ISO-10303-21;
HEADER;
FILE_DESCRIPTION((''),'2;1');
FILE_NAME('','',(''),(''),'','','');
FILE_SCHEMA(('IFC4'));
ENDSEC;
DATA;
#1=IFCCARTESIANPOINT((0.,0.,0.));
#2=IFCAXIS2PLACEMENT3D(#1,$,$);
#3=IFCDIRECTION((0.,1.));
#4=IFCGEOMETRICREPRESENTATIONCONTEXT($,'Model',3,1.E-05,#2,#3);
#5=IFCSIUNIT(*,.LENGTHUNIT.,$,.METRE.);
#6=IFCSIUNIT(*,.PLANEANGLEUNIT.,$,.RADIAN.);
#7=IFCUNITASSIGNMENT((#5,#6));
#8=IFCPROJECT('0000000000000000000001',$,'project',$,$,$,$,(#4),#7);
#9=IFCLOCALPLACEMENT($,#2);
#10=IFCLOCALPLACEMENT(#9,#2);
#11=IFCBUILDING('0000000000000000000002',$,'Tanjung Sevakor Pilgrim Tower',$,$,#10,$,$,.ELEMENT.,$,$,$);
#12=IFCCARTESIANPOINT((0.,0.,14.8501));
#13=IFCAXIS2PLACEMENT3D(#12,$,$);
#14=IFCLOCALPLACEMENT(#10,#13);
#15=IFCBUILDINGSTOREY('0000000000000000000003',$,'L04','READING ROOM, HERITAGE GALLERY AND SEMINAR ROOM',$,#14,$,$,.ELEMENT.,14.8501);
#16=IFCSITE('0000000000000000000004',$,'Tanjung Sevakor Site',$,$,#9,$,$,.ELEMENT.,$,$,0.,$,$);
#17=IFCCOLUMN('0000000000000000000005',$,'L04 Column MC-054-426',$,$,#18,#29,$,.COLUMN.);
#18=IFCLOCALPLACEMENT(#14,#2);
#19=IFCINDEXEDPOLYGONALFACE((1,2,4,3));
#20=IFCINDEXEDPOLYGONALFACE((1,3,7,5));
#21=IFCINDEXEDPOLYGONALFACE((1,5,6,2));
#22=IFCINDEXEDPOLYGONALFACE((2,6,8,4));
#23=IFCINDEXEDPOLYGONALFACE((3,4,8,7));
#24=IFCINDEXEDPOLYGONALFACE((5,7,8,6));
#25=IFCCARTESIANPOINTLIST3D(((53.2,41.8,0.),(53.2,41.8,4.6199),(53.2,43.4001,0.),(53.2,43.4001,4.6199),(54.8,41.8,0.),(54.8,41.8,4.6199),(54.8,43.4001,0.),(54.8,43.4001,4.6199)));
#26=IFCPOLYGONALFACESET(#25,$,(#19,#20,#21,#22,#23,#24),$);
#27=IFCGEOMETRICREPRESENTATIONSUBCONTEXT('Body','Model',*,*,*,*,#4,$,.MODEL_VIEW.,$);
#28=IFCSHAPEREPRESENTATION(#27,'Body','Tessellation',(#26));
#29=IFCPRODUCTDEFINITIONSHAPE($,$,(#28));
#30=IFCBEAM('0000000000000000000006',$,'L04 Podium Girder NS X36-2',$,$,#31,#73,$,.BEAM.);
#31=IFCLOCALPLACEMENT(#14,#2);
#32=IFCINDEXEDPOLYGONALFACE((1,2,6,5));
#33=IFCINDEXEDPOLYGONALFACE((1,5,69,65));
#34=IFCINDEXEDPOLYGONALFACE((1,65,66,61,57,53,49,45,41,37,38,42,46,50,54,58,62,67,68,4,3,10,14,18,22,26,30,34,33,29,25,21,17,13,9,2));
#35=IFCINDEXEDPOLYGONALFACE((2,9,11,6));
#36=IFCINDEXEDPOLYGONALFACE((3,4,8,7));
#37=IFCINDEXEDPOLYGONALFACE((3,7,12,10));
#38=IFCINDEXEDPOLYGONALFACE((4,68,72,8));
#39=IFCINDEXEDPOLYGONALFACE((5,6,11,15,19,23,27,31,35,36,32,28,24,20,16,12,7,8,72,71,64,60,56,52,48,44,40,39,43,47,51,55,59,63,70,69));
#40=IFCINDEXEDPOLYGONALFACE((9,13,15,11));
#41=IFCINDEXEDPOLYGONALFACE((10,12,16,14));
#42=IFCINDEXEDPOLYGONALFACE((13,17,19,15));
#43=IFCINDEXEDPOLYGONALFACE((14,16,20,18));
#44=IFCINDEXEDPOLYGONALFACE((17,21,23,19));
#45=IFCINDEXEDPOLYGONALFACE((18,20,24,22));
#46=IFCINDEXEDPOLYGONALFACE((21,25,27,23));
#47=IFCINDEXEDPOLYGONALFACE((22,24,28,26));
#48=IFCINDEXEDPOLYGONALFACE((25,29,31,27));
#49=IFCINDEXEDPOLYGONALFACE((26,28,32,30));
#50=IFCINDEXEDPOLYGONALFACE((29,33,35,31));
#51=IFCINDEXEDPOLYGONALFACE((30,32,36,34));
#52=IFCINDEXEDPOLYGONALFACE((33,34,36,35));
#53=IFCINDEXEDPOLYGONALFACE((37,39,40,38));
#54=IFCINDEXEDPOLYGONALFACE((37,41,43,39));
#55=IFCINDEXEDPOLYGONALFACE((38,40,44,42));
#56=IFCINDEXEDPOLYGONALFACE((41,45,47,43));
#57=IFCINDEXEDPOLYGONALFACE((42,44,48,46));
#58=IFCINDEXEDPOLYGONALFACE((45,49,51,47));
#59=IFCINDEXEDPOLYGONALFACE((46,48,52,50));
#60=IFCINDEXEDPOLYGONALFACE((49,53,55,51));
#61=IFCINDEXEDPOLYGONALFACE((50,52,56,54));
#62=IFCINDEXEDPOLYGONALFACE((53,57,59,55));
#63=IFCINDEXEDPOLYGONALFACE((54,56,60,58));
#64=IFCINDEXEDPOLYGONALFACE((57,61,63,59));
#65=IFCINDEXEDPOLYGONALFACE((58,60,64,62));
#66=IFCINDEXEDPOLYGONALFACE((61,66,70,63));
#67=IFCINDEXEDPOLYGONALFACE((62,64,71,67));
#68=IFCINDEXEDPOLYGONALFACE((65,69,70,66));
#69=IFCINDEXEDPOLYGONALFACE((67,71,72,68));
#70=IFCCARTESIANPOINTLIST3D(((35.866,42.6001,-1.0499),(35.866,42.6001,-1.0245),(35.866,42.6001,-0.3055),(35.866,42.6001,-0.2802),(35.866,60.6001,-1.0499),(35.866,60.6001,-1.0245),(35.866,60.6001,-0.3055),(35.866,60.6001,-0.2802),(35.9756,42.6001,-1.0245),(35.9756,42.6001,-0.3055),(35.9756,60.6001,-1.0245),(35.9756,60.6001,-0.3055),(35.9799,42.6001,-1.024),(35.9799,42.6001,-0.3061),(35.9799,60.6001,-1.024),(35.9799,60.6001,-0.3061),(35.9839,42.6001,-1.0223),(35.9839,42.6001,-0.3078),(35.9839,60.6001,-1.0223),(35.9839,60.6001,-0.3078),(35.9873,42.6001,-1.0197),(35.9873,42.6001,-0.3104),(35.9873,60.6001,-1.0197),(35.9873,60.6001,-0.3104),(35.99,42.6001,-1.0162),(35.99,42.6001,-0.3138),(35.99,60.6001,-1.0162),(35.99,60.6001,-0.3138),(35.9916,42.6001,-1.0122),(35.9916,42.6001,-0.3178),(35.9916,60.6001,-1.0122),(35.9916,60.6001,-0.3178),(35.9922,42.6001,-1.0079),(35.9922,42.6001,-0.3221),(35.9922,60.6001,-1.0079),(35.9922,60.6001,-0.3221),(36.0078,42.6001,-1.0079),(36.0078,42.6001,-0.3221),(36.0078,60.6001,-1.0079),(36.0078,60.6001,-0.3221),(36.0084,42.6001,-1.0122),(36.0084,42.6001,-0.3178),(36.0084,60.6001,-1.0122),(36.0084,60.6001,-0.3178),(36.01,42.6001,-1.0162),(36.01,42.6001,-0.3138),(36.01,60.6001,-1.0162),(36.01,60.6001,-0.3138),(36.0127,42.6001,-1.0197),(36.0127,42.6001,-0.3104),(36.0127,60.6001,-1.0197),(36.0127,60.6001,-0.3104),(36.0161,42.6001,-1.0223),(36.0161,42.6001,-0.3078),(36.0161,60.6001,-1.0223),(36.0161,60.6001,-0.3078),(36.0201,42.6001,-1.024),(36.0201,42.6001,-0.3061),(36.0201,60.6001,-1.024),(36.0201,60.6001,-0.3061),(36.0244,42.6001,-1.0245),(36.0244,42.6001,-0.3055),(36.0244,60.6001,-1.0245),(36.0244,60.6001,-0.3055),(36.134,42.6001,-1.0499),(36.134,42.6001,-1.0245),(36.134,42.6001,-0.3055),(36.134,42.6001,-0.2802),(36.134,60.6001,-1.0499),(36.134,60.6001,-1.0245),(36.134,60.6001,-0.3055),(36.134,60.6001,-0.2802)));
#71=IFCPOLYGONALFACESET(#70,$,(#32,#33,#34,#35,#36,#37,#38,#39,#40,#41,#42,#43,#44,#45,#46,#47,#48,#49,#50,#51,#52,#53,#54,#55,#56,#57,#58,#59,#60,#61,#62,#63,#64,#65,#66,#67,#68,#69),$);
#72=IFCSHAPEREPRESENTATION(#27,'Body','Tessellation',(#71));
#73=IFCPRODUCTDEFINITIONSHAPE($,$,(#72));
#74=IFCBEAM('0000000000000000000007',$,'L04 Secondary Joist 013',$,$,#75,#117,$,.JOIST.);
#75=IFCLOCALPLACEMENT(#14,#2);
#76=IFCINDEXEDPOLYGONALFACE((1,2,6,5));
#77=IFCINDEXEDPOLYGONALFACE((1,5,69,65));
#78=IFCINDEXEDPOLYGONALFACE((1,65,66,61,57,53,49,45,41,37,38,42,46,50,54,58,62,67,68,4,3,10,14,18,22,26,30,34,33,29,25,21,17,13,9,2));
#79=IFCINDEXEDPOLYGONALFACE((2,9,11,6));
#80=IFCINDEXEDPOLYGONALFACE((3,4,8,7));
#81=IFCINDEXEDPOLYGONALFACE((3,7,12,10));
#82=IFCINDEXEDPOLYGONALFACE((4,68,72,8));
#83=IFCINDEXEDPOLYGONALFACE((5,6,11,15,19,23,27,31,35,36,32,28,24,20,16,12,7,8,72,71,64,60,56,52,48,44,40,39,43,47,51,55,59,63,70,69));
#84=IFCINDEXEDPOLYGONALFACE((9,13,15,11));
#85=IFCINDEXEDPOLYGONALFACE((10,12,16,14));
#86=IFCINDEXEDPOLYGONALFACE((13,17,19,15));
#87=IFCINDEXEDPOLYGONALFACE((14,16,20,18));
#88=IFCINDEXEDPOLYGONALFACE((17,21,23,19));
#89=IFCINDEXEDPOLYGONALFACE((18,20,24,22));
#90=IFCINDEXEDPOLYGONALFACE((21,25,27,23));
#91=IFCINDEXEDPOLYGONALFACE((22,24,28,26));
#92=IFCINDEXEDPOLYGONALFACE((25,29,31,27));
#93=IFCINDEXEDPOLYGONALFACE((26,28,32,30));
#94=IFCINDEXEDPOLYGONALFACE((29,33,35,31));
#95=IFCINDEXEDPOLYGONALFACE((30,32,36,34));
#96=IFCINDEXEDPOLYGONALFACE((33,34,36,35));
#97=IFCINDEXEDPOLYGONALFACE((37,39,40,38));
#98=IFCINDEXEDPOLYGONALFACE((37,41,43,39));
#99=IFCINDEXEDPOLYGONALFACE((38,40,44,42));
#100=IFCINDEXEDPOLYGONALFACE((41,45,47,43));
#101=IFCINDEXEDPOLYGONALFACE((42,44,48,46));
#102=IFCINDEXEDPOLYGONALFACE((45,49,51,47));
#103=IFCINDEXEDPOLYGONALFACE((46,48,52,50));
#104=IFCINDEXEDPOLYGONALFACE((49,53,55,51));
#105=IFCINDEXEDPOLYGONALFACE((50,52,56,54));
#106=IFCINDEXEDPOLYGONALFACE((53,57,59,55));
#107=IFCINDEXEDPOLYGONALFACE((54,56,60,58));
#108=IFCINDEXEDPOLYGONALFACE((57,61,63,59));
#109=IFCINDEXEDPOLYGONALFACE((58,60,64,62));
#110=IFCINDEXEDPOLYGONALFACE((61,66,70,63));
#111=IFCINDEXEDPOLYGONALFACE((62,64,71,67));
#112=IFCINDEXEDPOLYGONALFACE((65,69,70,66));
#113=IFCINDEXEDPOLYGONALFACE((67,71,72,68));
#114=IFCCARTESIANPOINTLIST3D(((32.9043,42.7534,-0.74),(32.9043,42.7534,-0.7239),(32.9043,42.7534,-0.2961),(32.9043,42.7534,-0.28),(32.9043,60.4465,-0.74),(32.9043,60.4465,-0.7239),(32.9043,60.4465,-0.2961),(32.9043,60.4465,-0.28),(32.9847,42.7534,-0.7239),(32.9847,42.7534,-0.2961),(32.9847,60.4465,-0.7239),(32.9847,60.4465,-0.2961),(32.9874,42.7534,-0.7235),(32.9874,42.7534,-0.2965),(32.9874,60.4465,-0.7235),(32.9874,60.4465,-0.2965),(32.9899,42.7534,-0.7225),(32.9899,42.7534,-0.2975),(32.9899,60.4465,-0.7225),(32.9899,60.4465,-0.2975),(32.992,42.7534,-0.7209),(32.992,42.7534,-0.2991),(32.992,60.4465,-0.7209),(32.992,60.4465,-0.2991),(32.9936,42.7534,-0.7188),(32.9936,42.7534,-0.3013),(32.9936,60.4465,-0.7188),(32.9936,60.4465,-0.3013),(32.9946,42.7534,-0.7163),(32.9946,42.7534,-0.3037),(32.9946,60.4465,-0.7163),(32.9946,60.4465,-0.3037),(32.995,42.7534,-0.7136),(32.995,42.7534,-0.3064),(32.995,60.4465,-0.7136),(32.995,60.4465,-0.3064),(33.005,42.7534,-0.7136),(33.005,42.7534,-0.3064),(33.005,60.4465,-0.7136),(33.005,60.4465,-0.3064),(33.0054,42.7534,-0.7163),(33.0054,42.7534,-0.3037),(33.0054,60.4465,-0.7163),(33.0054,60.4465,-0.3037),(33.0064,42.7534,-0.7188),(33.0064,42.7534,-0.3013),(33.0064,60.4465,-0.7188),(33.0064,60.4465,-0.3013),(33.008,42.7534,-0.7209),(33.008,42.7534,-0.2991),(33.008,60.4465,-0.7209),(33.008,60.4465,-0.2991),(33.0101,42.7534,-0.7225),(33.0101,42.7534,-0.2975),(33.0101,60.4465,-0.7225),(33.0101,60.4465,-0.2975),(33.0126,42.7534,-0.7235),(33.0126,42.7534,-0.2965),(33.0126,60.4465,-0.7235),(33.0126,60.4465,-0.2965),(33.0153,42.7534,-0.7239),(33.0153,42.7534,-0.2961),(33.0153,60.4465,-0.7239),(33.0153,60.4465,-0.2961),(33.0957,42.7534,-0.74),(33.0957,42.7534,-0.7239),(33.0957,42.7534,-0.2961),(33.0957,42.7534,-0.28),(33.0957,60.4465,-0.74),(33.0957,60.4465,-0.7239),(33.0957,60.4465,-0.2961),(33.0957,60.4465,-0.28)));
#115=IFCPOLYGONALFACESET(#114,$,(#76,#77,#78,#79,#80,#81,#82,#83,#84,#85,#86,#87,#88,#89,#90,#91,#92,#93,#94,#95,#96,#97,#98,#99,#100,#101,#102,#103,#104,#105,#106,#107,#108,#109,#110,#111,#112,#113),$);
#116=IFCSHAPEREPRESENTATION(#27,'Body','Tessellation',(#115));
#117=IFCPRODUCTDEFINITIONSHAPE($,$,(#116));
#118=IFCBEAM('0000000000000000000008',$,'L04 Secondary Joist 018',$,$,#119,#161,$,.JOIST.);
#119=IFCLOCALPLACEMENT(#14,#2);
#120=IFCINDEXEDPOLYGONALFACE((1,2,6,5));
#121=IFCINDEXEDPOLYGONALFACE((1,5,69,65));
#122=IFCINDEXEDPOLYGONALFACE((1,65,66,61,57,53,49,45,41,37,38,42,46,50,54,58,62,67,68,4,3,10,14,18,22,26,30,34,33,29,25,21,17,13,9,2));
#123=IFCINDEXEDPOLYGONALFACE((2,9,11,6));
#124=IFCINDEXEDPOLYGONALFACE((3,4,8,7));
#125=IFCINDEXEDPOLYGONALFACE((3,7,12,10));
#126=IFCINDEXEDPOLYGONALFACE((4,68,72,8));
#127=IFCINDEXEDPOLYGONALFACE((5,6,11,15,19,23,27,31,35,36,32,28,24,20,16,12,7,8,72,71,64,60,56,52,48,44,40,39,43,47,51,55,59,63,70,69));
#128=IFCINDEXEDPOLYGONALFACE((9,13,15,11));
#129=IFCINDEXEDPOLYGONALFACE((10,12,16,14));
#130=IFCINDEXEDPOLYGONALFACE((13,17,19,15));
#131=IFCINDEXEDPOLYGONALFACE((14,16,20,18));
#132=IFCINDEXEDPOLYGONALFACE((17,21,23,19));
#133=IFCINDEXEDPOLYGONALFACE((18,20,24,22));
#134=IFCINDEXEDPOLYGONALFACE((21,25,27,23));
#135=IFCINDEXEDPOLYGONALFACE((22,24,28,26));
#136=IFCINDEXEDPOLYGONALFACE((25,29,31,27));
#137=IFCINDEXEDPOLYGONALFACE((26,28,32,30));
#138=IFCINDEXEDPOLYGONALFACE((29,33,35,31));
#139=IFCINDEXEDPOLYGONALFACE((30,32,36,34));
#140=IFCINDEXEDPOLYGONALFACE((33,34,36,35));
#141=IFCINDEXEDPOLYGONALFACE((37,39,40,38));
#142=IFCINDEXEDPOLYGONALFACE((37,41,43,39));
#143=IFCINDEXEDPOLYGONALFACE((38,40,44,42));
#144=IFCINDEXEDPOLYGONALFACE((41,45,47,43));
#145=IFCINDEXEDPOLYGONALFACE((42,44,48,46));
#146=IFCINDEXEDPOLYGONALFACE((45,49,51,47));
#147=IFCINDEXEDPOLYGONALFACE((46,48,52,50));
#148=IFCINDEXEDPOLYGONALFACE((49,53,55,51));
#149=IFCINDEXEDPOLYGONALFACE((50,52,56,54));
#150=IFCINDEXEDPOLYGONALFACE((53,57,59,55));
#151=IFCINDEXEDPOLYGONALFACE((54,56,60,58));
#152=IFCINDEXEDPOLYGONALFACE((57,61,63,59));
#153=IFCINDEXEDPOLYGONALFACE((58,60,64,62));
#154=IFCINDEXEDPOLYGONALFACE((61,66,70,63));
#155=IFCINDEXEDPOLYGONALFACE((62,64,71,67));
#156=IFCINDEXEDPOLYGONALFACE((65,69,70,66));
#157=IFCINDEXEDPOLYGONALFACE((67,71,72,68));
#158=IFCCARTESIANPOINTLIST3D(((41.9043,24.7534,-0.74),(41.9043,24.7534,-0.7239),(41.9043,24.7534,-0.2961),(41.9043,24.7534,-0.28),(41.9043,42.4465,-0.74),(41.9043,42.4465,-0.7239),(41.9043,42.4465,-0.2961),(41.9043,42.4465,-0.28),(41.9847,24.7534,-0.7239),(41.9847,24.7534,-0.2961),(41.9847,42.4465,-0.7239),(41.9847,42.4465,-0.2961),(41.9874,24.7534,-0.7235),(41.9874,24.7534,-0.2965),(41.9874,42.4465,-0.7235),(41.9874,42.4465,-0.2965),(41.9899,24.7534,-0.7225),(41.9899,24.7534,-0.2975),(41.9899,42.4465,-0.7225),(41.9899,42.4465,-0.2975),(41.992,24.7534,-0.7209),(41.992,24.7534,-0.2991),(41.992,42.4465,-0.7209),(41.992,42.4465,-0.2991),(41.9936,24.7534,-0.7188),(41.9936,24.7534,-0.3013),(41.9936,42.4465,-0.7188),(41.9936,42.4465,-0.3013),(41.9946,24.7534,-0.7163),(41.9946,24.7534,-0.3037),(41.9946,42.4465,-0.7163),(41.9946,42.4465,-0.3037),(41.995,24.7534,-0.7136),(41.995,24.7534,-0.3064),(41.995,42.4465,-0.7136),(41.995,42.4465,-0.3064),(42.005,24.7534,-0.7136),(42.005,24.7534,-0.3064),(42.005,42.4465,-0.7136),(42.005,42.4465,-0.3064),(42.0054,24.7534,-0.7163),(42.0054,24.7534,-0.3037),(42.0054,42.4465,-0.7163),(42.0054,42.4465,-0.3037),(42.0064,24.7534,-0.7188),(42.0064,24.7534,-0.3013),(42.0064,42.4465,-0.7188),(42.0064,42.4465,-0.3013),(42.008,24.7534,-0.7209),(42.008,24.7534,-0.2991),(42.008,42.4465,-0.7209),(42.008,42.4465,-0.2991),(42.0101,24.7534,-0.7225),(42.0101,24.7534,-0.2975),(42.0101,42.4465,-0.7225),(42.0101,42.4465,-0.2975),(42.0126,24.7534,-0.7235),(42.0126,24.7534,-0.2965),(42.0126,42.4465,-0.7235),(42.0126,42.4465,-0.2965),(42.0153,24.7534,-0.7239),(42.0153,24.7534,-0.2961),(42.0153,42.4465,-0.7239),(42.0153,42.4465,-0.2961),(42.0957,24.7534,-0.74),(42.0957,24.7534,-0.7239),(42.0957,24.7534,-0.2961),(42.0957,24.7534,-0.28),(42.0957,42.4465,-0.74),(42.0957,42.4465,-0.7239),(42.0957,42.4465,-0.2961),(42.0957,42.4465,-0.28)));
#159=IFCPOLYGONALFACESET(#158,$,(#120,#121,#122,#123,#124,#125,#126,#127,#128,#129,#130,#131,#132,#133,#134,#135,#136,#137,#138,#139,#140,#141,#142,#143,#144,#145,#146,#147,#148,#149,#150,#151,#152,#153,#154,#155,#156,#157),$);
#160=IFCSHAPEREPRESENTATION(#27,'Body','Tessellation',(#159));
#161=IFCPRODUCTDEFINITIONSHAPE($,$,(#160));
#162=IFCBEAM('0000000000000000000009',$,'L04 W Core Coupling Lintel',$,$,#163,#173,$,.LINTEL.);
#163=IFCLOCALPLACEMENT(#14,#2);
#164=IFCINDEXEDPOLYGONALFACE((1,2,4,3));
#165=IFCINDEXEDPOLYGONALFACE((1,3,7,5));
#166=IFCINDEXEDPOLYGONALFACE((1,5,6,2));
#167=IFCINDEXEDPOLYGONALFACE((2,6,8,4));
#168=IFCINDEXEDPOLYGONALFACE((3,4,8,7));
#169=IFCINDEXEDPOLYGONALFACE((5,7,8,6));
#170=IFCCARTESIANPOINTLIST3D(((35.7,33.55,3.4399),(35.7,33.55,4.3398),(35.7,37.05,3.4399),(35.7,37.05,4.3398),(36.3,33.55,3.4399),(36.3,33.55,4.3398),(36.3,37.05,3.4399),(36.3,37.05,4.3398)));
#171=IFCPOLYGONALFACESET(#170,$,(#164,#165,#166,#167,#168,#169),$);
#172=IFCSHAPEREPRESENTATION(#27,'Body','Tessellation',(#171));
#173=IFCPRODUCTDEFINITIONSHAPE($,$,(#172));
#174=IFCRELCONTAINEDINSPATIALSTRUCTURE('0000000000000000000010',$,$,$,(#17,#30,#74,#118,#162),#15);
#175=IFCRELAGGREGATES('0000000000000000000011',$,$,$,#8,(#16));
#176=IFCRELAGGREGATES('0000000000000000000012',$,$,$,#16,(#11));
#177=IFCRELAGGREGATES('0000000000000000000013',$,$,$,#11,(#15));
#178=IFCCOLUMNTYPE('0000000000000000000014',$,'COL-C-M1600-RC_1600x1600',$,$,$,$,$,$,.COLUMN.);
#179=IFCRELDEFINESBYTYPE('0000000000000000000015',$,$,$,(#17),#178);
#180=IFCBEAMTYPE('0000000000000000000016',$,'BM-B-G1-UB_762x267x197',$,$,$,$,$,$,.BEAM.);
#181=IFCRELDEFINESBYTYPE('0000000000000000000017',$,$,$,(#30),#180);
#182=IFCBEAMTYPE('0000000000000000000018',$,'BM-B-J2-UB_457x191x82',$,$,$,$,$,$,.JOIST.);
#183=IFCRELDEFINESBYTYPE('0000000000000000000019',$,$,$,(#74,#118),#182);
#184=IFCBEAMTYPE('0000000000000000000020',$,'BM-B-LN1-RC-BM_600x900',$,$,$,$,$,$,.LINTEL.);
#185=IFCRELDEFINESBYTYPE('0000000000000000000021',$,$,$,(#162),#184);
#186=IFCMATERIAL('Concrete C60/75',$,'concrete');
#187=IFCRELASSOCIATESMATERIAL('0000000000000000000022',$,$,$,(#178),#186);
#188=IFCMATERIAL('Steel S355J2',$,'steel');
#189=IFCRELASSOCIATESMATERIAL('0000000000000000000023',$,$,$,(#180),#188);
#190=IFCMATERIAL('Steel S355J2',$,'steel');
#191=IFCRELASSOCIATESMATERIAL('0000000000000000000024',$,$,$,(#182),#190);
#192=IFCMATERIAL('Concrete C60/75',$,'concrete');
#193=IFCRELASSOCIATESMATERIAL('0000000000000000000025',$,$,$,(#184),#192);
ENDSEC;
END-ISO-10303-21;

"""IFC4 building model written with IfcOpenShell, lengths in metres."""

from ifc_helpers import new_model, si_unit, direction, frame, origin, origin_2d, place, context, subcontext, project, spatial, rectangle, i_section, extrude, material, material_profile, profile_set, type_object, element, save


model = new_model("IFC4")

# Units and contexts
model_context = context("Model", 3, precision=1e-05, world=origin(), true_north=direction((0.0, 1.0)))
body_context = subcontext(model_context, "Body", "Model", "MODEL_VIEW")
ifc_project = project(units=[si_unit("LENGTHUNIT", "METRE"), si_unit("PLANEANGLEUNIT", "RADIAN")], contexts=[model_context])

# Site, building, storey
site_placement = place(None, origin())
site = spatial("IfcSite", under=ifc_project, at=site_placement, Name="Tanjung Sevakor Site", CompositionType="ELEMENT", RefElevation=0.0)
building_placement = place(site_placement, origin())
building = spatial("IfcBuilding", under=site, at=building_placement, Name="Tanjung Sevakor Pilgrim Tower", CompositionType="ELEMENT")
storey_placement = place(building_placement, frame((0.0, 0.0, 14.8501)))
storey = spatial("IfcBuildingStorey", under=building, at=storey_placement, Name="L04", Description="READING ROOM, HERITAGE GALLERY AND SEMINAR ROOM", CompositionType="ELEMENT", Elevation=14.8501)

# Column
ifc_material_1 = material(Name="Concrete C60/75", Category="concrete")
ifc_material_profile_1 = material_profile(ifc_material_1, rectangle(XDim=1.6001, YDim=1.6001, at=origin_2d()))
ifc_profile_set_1 = profile_set([ifc_material_profile_1], Name="Concrete C60/75")
column_type = type_object("IfcColumnType", Name="COL-C-M1600-RC_1600x1600", PredefinedType="COLUMN", material=ifc_profile_set_1)
column_placement = place(storey_placement, frame((54.0, 42.6001, 0.0), z_axis=(0.0, 0.0, 1.0), x_axis=(1.0, 0.0, 0.0)))
element("IfcColumn", 1, at=column_placement, inside=storey, type_object=column_type, Name="L04 Column MC-054-426", PredefinedType="COLUMN", context=body_context, shape_type="SweptSolid", body=[
    extrude(rectangle(XDim=1.6001, YDim=1.6001, at=origin_2d()), origin(), (0.0, 0.0, 1.0), 4.6199),
])

# Beams
ifc_material_2 = material(Name="Steel S355J2", Category="steel")
ifc_material_profile_2 = material_profile(ifc_material_2, i_section(OverallWidth=0.2681, OverallDepth=0.7698, WebThickness=0.0156, FlangeThickness=0.0254, FilletRadius=0.0166, at=origin_2d()))
ifc_profile_set_2 = profile_set([ifc_material_profile_2], Name="Steel S355J2")
beam_type_1 = type_object("IfcBeamType", Name="BM-B-G1-UB_762x267x197", PredefinedType="BEAM", material=ifc_profile_set_2)
beam_1_placement = place(storey_placement, frame((36.0, 42.6001, -0.665), z_axis=(0.0, 1.0, 0.0), x_axis=(-1.0, 0.0, 0.0)))
element("IfcBeam", 2, at=beam_1_placement, inside=storey, type_object=beam_type_1, Name="L04 Podium Girder NS X36-2", PredefinedType="BEAM", context=body_context, shape_type="SweptSolid", body=[
    extrude(i_section(OverallWidth=0.2681, OverallDepth=0.7698, WebThickness=0.0156, FlangeThickness=0.0254, FilletRadius=0.0166, at=origin_2d()), origin(), (0.0, 0.0, 1.0), 18.0),
])
ifc_material_3 = material(Name="Steel S355J2", Category="steel")
ifc_material_profile_3 = material_profile(ifc_material_3, i_section(OverallWidth=0.1914, OverallDepth=0.46, WebThickness=0.01, FlangeThickness=0.0161, FilletRadius=0.0103, at=origin_2d()))
ifc_profile_set_3 = profile_set([ifc_material_profile_3], Name="Steel S355J2")
beam_type_2 = type_object("IfcBeamType", Name="BM-B-J2-UB_457x191x82", PredefinedType="JOIST", material=ifc_profile_set_3)
for number, where, z_axis, x_axis, name in (
    (3, (33.0, 42.7534, -0.51), (0.0, 1.0, 0.0), (-1.0, 0.0, 0.0), "L04 Secondary Joist 013"),
    (4, (42.0, 24.7534, -0.51), (0.0, 1.0, 0.0), (-1.0, 0.0, 0.0), "L04 Secondary Joist 018"),
):
    element("IfcBeam", number, at=place(storey_placement, frame(where, z_axis=z_axis, x_axis=x_axis)), inside=storey, type_object=beam_type_2, Name=name, PredefinedType="JOIST", context=body_context, shape_type="SweptSolid", body=[
        extrude(i_section(OverallWidth=0.1914, OverallDepth=0.46, WebThickness=0.01, FlangeThickness=0.0161, FilletRadius=0.0103, at=origin_2d()), origin(), (0.0, 0.0, 1.0), 17.6931),
    ])
ifc_material_4 = material(Name="Concrete C60/75", Category="concrete")
ifc_material_profile_4 = material_profile(ifc_material_4, rectangle(XDim=0.6001, YDim=0.8999, at=origin_2d()))
ifc_profile_set_4 = profile_set([ifc_material_profile_4], Name="Concrete C60/75")
beam_type_3 = type_object("IfcBeamType", Name="BM-B-LN1-RC-BM_600x900", PredefinedType="LINTEL", material=ifc_profile_set_4)
beam_2_placement = place(storey_placement, frame((36.0, 33.55, 3.8899), z_axis=(0.0, 1.0, 0.0), x_axis=(-1.0, 0.0, 0.0)))
element("IfcBeam", 5, at=beam_2_placement, inside=storey, type_object=beam_type_3, Name="L04 W Core Coupling Lintel", PredefinedType="LINTEL", context=body_context, shape_type="SweptSolid", body=[
    extrude(rectangle(XDim=0.6001, YDim=0.8999, at=origin_2d()), origin(), (0.0, 0.0, 1.0), 3.5),
])

save(model, "model.ifc")
